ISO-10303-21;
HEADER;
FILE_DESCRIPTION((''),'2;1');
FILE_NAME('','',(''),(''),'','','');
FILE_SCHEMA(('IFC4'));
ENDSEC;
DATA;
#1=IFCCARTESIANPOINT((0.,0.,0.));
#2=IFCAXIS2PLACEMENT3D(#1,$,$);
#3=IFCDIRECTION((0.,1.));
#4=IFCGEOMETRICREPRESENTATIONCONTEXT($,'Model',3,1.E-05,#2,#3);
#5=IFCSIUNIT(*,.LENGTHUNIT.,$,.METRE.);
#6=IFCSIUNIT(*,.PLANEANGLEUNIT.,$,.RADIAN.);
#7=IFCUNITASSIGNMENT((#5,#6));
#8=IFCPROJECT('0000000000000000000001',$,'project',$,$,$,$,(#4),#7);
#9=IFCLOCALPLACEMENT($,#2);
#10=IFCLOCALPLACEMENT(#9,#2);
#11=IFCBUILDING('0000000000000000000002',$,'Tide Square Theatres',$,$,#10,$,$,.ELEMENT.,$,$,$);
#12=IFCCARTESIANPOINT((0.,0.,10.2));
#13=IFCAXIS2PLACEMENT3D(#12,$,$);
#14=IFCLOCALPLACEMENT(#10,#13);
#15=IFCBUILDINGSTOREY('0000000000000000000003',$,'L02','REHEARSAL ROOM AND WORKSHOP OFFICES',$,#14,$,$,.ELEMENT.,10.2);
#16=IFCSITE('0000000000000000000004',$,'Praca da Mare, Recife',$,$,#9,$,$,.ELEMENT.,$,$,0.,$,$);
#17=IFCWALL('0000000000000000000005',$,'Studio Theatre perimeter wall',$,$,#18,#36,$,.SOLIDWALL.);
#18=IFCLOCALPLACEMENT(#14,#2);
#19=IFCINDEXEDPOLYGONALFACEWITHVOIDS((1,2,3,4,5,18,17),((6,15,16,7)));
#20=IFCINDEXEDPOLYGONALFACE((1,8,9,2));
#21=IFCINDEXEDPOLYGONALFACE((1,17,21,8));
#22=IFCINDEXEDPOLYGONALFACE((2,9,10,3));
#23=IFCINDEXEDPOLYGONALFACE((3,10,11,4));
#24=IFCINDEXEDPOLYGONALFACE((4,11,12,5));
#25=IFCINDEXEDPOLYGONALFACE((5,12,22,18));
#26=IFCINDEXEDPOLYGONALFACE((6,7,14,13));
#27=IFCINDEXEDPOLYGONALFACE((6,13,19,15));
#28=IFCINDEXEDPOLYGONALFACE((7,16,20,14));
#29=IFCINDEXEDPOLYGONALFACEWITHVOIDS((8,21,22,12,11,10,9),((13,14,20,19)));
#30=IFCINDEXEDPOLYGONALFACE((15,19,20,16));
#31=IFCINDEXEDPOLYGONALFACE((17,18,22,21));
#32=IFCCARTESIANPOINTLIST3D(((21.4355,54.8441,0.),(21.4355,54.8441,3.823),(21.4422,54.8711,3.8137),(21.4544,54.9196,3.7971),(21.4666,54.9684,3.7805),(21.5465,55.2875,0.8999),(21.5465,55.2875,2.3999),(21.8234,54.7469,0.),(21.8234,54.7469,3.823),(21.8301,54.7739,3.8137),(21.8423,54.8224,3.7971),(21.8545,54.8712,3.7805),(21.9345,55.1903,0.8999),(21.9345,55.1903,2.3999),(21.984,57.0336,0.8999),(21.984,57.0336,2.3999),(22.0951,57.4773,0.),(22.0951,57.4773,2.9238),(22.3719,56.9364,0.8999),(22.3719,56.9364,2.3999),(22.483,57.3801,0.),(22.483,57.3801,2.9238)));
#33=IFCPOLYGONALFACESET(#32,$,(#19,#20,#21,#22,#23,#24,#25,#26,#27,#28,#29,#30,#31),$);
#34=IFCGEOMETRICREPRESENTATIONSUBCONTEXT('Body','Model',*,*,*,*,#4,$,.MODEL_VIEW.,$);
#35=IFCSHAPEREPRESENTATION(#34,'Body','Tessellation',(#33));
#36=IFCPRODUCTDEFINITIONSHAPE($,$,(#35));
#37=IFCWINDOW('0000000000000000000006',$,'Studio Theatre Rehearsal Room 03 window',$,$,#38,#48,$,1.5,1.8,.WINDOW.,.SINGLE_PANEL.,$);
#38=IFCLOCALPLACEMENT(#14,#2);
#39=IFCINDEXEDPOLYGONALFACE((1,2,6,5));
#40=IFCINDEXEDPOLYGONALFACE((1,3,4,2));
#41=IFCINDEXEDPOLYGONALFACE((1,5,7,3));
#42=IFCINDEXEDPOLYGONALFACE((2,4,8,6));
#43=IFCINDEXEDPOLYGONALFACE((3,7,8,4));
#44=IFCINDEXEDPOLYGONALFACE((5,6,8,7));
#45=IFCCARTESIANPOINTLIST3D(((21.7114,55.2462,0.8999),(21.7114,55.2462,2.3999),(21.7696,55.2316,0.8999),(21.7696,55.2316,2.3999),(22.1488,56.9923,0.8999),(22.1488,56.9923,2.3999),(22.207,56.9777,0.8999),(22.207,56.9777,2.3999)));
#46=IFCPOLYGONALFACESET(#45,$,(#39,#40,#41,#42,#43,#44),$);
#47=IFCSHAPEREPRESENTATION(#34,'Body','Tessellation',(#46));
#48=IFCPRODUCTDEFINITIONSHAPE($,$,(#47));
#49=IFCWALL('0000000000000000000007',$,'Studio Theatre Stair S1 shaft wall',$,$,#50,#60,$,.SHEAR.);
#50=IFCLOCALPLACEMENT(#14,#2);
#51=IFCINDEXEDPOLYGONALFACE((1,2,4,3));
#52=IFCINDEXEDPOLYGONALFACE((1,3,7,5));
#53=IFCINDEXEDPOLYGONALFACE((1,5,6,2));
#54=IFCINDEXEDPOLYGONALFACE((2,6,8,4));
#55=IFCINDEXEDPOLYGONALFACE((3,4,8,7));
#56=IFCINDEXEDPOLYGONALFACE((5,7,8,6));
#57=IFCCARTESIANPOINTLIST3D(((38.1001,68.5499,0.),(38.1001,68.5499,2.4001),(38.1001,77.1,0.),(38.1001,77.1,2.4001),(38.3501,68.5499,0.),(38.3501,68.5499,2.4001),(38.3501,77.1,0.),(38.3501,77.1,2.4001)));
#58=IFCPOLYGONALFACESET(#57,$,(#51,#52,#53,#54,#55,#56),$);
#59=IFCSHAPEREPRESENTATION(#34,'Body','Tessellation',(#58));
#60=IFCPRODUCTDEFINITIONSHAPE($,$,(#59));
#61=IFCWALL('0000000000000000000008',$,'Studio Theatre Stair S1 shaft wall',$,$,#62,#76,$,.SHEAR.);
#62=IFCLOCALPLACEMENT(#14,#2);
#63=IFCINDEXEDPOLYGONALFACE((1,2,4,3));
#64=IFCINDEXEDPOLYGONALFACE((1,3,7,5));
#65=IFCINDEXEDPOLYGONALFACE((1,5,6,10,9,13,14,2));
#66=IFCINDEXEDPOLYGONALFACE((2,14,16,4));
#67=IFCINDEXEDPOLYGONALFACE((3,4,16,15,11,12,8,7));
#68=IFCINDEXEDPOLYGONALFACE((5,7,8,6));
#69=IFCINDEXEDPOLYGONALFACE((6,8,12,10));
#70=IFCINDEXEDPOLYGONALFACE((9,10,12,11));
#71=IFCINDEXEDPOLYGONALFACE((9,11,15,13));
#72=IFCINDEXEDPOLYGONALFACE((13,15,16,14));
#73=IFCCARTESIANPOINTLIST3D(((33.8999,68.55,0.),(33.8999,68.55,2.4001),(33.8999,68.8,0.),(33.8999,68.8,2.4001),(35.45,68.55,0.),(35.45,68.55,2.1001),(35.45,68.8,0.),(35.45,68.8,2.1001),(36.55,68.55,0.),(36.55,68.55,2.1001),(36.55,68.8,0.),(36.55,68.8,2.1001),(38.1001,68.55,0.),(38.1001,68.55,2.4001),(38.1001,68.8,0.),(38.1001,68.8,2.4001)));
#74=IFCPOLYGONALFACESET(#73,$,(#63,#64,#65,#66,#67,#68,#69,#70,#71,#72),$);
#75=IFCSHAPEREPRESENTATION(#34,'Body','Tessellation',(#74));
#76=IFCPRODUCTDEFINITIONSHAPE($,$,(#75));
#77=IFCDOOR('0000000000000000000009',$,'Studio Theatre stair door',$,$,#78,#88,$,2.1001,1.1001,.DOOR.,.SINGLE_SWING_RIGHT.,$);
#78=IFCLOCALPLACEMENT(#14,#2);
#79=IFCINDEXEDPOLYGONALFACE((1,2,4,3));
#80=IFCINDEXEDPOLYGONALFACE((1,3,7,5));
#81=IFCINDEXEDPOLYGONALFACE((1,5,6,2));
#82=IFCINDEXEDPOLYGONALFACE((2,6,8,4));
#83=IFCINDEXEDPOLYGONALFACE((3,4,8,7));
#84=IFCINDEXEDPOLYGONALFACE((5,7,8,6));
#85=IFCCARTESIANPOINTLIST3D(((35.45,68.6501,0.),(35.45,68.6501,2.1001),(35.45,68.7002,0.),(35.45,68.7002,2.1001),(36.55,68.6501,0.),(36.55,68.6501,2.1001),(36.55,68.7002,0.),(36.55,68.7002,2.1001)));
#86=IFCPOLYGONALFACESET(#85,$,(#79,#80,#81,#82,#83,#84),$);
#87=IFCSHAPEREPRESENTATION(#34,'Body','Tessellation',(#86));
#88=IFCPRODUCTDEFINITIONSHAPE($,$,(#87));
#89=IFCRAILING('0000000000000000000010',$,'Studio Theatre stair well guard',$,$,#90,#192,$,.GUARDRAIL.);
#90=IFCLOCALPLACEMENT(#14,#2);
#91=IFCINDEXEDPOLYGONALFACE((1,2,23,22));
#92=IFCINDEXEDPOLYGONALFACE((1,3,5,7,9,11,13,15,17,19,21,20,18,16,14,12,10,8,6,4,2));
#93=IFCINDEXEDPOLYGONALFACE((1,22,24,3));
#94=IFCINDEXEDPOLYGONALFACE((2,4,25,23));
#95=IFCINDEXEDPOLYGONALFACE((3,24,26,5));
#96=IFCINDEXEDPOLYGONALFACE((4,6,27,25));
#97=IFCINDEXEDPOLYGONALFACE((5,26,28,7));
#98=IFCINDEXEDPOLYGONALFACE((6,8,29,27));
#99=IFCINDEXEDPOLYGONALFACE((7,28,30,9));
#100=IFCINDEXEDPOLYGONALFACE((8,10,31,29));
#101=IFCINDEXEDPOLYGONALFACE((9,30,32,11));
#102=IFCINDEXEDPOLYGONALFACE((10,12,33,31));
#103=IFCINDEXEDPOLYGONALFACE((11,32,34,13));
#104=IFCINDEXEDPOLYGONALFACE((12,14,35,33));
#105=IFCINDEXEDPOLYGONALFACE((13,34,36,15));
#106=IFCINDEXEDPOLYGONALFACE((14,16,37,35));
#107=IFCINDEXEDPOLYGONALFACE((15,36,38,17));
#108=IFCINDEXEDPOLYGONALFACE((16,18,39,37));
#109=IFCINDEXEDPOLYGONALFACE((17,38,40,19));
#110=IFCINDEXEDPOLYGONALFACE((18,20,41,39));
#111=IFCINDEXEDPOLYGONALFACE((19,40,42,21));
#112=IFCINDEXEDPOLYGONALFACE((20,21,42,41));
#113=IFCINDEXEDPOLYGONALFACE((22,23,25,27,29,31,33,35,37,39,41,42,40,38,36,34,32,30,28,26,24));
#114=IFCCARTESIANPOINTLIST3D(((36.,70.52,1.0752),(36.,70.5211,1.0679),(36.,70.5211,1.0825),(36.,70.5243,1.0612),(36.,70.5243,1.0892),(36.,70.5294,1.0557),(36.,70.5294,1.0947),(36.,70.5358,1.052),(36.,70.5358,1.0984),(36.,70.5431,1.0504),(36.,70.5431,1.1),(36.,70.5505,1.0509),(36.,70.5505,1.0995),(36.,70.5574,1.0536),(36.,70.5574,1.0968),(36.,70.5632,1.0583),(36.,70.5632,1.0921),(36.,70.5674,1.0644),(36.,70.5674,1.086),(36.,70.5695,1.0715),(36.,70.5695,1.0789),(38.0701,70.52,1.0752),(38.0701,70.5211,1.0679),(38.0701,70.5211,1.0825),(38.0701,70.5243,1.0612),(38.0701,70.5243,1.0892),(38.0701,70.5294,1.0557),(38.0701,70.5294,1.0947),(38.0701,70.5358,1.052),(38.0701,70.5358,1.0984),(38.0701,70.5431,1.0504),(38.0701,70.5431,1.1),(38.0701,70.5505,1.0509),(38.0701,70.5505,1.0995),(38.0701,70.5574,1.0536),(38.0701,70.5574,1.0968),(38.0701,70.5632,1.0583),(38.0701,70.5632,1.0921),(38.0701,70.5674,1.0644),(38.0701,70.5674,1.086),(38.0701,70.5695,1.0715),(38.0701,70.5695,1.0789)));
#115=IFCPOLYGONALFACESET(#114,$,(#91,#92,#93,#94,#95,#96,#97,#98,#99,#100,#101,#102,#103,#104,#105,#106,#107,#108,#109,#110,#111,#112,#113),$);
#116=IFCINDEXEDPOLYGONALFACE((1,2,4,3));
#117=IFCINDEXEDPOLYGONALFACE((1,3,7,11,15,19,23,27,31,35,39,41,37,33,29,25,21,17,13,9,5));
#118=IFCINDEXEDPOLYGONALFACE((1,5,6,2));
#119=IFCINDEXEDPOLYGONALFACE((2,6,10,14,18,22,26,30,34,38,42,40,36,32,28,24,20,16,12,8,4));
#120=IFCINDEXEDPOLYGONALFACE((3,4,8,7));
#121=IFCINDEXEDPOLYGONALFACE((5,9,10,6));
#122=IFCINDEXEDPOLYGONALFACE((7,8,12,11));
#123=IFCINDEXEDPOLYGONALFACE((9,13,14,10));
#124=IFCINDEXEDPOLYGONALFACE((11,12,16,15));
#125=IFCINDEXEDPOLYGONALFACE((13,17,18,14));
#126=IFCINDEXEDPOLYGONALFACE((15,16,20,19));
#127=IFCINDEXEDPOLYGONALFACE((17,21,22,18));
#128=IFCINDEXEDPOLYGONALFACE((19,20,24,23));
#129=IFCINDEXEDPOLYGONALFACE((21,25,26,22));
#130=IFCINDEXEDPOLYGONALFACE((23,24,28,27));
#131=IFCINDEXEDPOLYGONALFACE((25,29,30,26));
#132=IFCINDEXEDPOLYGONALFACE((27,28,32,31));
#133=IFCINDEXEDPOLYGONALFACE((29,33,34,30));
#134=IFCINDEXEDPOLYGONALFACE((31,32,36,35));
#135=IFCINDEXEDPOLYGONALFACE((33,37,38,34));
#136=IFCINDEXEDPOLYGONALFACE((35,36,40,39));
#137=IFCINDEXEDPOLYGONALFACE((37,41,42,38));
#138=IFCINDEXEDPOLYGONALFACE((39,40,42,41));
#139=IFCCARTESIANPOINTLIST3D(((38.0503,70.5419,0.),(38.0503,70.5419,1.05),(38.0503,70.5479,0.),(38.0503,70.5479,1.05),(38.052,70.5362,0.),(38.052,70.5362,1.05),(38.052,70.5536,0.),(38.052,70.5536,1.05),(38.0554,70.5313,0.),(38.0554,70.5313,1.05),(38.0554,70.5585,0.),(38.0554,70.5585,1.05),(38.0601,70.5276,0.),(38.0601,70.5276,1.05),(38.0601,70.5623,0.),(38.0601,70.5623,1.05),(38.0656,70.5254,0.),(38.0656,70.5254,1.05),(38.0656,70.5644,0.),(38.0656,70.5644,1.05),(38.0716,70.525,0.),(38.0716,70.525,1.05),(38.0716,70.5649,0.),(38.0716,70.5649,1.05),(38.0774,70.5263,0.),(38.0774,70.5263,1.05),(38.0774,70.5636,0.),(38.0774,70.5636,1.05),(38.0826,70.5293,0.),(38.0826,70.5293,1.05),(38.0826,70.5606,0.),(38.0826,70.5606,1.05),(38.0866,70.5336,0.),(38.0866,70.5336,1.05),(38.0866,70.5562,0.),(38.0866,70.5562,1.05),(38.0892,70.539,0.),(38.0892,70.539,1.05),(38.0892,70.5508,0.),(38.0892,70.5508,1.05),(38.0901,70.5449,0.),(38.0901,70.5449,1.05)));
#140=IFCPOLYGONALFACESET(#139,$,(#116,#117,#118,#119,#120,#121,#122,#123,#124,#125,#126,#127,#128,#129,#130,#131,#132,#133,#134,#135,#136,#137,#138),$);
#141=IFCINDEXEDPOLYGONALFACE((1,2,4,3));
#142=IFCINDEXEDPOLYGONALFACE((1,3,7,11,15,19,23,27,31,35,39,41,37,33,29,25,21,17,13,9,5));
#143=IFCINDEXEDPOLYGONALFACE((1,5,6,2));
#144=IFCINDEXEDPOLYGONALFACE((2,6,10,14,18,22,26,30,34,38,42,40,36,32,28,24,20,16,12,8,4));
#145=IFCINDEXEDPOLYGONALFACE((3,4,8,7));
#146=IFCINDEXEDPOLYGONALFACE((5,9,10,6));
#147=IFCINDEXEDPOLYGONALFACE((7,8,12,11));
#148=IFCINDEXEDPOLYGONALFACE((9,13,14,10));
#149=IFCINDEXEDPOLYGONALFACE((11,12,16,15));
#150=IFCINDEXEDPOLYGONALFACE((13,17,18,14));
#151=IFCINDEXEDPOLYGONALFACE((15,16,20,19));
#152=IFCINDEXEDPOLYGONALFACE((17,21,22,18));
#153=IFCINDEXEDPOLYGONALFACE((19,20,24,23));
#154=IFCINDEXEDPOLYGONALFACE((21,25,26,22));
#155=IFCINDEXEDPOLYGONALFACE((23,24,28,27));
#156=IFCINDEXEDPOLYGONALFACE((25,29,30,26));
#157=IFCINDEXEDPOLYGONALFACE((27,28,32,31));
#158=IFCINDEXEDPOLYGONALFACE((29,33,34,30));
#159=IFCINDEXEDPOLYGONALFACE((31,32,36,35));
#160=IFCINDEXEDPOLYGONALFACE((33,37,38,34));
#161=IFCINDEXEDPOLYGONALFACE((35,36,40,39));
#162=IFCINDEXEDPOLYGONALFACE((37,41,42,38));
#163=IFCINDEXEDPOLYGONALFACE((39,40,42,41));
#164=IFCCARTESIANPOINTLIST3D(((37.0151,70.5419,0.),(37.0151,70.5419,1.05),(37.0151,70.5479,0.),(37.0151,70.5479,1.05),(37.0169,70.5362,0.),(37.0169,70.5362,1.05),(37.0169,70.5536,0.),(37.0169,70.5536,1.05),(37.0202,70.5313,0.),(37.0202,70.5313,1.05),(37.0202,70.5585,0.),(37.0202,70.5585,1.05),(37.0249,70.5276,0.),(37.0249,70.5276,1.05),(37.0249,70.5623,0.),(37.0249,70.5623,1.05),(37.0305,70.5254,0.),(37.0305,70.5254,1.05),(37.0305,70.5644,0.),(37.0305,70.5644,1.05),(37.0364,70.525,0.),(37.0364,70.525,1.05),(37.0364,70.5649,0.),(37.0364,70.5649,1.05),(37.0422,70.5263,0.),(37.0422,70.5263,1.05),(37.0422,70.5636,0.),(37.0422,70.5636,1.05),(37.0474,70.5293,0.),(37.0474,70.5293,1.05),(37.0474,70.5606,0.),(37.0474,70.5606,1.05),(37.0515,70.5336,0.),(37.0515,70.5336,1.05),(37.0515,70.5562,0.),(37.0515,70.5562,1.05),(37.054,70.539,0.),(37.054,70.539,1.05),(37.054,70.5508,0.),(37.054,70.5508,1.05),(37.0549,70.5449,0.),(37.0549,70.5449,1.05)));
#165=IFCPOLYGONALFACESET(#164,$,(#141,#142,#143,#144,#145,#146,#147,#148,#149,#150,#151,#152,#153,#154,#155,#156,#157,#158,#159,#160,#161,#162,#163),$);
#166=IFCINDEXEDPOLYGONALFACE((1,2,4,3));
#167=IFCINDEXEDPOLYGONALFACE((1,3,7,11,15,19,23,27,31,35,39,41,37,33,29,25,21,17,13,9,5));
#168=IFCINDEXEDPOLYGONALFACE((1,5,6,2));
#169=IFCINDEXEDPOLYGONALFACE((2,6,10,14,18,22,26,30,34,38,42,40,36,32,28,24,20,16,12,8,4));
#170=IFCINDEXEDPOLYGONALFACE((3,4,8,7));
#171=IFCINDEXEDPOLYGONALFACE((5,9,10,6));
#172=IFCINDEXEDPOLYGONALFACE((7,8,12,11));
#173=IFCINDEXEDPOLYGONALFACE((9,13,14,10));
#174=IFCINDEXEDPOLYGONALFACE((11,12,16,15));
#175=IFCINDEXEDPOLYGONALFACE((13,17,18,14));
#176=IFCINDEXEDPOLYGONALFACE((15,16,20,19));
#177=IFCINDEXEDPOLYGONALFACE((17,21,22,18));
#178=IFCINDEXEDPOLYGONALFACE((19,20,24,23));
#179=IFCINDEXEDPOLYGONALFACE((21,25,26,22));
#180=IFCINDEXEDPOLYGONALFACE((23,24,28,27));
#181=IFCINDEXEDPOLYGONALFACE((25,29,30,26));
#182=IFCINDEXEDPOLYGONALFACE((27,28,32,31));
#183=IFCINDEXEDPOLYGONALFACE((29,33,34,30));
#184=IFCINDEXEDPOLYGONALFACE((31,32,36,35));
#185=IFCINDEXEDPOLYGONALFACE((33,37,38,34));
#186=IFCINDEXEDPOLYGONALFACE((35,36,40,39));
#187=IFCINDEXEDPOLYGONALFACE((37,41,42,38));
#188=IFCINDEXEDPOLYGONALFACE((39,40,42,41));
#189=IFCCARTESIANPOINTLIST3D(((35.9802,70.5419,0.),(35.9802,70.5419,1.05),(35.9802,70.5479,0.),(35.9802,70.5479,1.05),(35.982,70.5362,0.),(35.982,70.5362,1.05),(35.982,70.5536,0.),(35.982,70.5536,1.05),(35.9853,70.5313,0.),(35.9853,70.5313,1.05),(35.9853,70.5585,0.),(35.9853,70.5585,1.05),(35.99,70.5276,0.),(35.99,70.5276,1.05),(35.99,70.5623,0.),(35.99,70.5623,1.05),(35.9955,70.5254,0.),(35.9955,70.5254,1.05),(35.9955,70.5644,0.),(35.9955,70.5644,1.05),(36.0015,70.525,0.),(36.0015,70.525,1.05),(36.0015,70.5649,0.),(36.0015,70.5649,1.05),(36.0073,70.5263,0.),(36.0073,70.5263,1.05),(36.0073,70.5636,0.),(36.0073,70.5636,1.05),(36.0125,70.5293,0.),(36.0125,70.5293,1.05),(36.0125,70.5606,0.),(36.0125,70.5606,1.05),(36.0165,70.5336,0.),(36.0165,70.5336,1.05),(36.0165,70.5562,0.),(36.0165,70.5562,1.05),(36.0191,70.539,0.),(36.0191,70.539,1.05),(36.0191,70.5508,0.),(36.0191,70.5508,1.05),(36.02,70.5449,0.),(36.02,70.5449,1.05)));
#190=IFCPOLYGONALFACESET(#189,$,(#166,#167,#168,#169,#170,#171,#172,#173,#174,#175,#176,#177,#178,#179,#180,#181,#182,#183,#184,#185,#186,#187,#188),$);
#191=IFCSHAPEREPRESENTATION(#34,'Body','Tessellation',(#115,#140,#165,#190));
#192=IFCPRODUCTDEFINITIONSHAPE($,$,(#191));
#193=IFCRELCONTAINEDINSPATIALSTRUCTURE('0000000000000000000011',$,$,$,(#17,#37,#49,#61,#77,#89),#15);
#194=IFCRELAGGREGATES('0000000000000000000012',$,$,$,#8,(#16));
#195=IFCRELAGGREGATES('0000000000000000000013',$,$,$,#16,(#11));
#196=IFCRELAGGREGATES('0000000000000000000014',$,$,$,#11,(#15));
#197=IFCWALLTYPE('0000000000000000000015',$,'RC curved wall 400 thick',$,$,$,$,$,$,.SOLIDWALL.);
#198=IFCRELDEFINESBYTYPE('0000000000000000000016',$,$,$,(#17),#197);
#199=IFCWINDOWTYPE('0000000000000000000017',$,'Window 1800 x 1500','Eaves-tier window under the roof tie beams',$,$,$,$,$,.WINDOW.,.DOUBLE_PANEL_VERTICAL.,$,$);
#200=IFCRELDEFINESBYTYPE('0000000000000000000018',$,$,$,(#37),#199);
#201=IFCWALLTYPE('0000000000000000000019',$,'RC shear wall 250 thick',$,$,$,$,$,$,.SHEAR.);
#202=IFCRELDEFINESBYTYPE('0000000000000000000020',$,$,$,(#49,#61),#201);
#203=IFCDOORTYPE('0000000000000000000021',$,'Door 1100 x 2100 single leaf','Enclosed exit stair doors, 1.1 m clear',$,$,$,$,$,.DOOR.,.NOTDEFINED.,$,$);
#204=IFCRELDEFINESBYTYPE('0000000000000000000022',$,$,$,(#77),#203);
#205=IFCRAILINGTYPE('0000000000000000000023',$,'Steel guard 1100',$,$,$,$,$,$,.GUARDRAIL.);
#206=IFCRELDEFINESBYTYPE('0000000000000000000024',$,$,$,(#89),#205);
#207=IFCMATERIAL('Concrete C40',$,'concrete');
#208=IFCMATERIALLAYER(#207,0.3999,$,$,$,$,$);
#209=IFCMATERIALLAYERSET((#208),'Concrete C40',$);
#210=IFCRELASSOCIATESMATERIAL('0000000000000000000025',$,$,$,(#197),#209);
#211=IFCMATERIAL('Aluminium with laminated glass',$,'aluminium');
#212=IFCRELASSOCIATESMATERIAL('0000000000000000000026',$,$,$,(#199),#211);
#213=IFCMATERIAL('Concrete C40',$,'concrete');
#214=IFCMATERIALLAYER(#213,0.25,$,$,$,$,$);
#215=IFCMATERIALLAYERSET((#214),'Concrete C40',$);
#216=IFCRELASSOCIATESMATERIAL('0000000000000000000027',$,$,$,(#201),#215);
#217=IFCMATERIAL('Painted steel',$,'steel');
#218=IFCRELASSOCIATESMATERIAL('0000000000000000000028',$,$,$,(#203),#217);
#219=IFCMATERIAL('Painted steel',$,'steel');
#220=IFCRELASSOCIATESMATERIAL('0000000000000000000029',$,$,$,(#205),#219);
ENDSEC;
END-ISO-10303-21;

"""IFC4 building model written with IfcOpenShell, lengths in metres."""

from ifc_helpers import new_model, si_unit, direction, frame, frame_2d, origin, origin_2d, place, context, subcontext, project, spatial, polyline, rectangle, circle, outline, extrude, material, layer, layer_set, type_object, element, fill, save


model = new_model("IFC4")

# Units and contexts
model_context = context("Model", 3, precision=1e-05, world=origin(), true_north=direction((0.0, 1.0)))
body_context = subcontext(model_context, "Body", "Model", "MODEL_VIEW")
ifc_project = project(units=[si_unit("LENGTHUNIT", "METRE"), si_unit("PLANEANGLEUNIT", "RADIAN")], contexts=[model_context])

# Site, building, storey
site_placement = place(None, origin())
site = spatial("IfcSite", under=ifc_project, at=site_placement, Name="Praca da Mare, Recife", CompositionType="ELEMENT", RefElevation=0.0)
building_placement = place(site_placement, origin())
building = spatial("IfcBuilding", under=site, at=building_placement, Name="Tide Square Theatres", CompositionType="ELEMENT")
storey_placement = place(building_placement, frame((0.0, 0.0, 10.2)))
storey = spatial("IfcBuildingStorey", under=building, at=storey_placement, Name="L02", Description="REHEARSAL ROOM AND WORKSHOP OFFICES", CompositionType="ELEMENT", Elevation=10.2)

# Shared definitions
ifc_material_1 = material(Name="Concrete C40", Category="concrete")
ifc_layer_1 = layer(ifc_material_1, 0.3999)
ifc_layer_set_1 = layer_set([ifc_layer_1], Name="Concrete C40")
wall_type_1 = type_object("IfcWallType", Name="RC curved wall 400 thick", PredefinedType="SOLIDWALL", material=ifc_layer_set_1)

# Shared definitions
ifc_material_2 = material(Name="Aluminium with laminated glass", Category="aluminium")
window_type = type_object("IfcWindowType", Name="Window 1800 x 1500", Description="Eaves-tier window under the roof tie beams", PartitioningType="DOUBLE_PANEL_VERTICAL", PredefinedType="WINDOW", material=ifc_material_2)

# Wall, opening, window
wall_1_placement = place(storey_placement, frame((22.2891, 57.4287, 0.0), z_axis=(0.0, 0.0, 1.0), x_axis=(-0.243001, -0.970026, 0.0)))
wall_1 = element("IfcWall", 1, at=wall_1_placement, inside=storey, type_object=wall_type_1, Name="Studio Theatre perimeter wall", PredefinedType="SOLIDWALL", context=body_context, shape_type="SweptSolid", body=[
    extrude(outline(polyline([(0.0, 0.0), (2.7146, 0.0), (2.7146, 3.823), (2.6868, 3.8137), (2.6367, 3.7971), (2.5864, 3.7805), (0.0, 2.9238), (0.0, 0.0)])), frame((0.0, 0.2, 0.0), z_axis=(0.0, -1.0, 0.0), x_axis=(1.0, 0.0, 0.0)), (0.0, 0.0, 1.0), 0.3999),
])
opening_1_placement = place(wall_1_placement, frame((0.4575, 0.0, 0.8999)))
opening_1 = element("IfcOpeningElement", 2, at=opening_1_placement, cuts=wall_1, PredefinedType="OPENING", context=body_context, shape_type="SweptSolid", body=[
    extrude(rectangle(XDim=1.8, YDim=1.5, at=frame_2d((0.8999, 0.75))), frame((0.0, 0.21, 0.0), z_axis=(0.0, -1.0, 0.0), x_axis=(1.0, 0.0, 0.0)), (0.0, 0.0, 1.0), 0.4199),
])
window_1_placement = place(opening_1_placement, origin())
window_1 = element("IfcWindow", 3, at=window_1_placement, inside=storey, type_object=window_type, Name="Studio Theatre Rehearsal Room 03 window", OverallHeight=1.5, OverallWidth=1.8, PartitioningType="SINGLE_PANEL", PredefinedType="WINDOW", context=body_context, shape_type="SweptSolid", body=[
    extrude(rectangle(XDim=1.8, YDim=1.5, at=frame_2d((0.8999, 0.75))), frame((0.0, 0.03, 0.0), z_axis=(0.0, -1.0, 0.0), x_axis=(1.0, 0.0, 0.0)), (0.0, 0.0, 1.0), 0.0601),
])
fill(opening_1, window_1)

# Wall
ifc_material_3 = material(Name="Concrete C40", Category="concrete")
ifc_layer_2 = layer(ifc_material_3, 0.25)
ifc_layer_set_2 = layer_set([ifc_layer_2], Name="Concrete C40")
wall_type_2 = type_object("IfcWallType", Name="RC shear wall 250 thick", PredefinedType="SHEAR", material=ifc_layer_set_2)
wall_2_placement = place(storey_placement, frame((38.2251, 68.55, 0.0), z_axis=(0.0, 0.0, 1.0), x_axis=(0.0, 1.0, 0.0)))
element("IfcWall", 4, at=wall_2_placement, inside=storey, type_object=wall_type_2, Name="Studio Theatre Stair S1 shaft wall", PredefinedType="SHEAR", context=body_context, shape_type="SweptSolid", body=[
    extrude(rectangle(XDim=8.55, YDim=0.25, at=frame_2d((4.2749, 0.0))), origin(), (0.0, 0.0, 1.0), 2.4001),
])

# Wall, opening, door
wall_3_placement = place(storey_placement, frame((38.1001, 68.675, 0.0), z_axis=(0.0, 0.0, 1.0), x_axis=(-1.0, 0.0, 0.0)))
wall_3 = element("IfcWall", 5, at=wall_3_placement, inside=storey, type_object=wall_type_2, Name="Studio Theatre Stair S1 shaft wall", PredefinedType="SHEAR", context=body_context, shape_type="SweptSolid", body=[
    extrude(rectangle(XDim=4.2002, YDim=0.25, at=frame_2d((2.1001, 0.0))), origin(), (0.0, 0.0, 1.0), 2.4001),
])
opening_2_placement = place(wall_3_placement, frame((1.55, 0.0, 0.0)))
opening_2 = element("IfcOpeningElement", 6, at=opening_2_placement, cuts=wall_3, PredefinedType="OPENING", context=body_context, shape_type="SweptSolid", body=[
    extrude(rectangle(XDim=1.1001, YDim=2.1001, at=frame_2d((0.55, 1.05))), frame((0.0, 0.135, 0.0), z_axis=(0.0, -1.0, 0.0), x_axis=(1.0, 0.0, 0.0)), (0.0, 0.0, 1.0), 0.27),
])
ifc_material_4 = material(Name="Painted steel", Category="steel")
door_type = type_object("IfcDoorType", Name="Door 1100 x 2100 single leaf", Description="Enclosed exit stair doors, 1.1 m clear", OperationType="NOTDEFINED", PredefinedType="DOOR", material=ifc_material_4)
door_placement = place(opening_2_placement, origin())
door = element("IfcDoor", 7, at=door_placement, inside=storey, type_object=door_type, Name="Studio Theatre stair door", OperationType="SINGLE_SWING_RIGHT", OverallHeight=2.1001, OverallWidth=1.1001, PredefinedType="DOOR", context=body_context, shape_type="SweptSolid", body=[
    extrude(rectangle(XDim=1.1001, YDim=2.1001, at=frame_2d((0.55, 1.05))), frame((0.0, 0.0249, 0.0), z_axis=(0.0, -1.0, 0.0), x_axis=(1.0, 0.0, 0.0)), (0.0, 0.0, 1.0), 0.05),
])
fill(opening_2, door)

# Railing
ifc_material_5 = material(Name="Painted steel", Category="steel")
railing_type = type_object("IfcRailingType", Name="Steel guard 1100", PredefinedType="GUARDRAIL", material=ifc_material_5)
railing_1_placement = place(storey_placement, frame((38.0701, 70.5449, 0.0)))
element("IfcRailing", 8, at=railing_1_placement, inside=storey, type_object=railing_type, Name="Studio Theatre stair well guard", PredefinedType="GUARDRAIL", context=body_context, shape_type="SweptSolid", body=[
    extrude(circle(Radius=0.0249, at=origin_2d()), frame((0.0, 0.0, 1.0752), z_axis=(-1.0, 0.0, 0.0), x_axis=(0.0, -1.0, 0.0)), (0.0, 0.0, 1.0), 2.0701),
    extrude(circle(Radius=0.02, at=origin_2d()), origin(), (0.0, 0.0, 1.0), 1.05),
    extrude(circle(Radius=0.02, at=origin_2d()), frame((-1.0352, 0.0, 0.0)), (0.0, 0.0, 1.0), 1.05),
    extrude(circle(Radius=0.02, at=origin_2d()), frame((-2.0701, 0.0, 0.0)), (0.0, 0.0, 1.0), 1.05),
])

save(model, "model.ifc")
